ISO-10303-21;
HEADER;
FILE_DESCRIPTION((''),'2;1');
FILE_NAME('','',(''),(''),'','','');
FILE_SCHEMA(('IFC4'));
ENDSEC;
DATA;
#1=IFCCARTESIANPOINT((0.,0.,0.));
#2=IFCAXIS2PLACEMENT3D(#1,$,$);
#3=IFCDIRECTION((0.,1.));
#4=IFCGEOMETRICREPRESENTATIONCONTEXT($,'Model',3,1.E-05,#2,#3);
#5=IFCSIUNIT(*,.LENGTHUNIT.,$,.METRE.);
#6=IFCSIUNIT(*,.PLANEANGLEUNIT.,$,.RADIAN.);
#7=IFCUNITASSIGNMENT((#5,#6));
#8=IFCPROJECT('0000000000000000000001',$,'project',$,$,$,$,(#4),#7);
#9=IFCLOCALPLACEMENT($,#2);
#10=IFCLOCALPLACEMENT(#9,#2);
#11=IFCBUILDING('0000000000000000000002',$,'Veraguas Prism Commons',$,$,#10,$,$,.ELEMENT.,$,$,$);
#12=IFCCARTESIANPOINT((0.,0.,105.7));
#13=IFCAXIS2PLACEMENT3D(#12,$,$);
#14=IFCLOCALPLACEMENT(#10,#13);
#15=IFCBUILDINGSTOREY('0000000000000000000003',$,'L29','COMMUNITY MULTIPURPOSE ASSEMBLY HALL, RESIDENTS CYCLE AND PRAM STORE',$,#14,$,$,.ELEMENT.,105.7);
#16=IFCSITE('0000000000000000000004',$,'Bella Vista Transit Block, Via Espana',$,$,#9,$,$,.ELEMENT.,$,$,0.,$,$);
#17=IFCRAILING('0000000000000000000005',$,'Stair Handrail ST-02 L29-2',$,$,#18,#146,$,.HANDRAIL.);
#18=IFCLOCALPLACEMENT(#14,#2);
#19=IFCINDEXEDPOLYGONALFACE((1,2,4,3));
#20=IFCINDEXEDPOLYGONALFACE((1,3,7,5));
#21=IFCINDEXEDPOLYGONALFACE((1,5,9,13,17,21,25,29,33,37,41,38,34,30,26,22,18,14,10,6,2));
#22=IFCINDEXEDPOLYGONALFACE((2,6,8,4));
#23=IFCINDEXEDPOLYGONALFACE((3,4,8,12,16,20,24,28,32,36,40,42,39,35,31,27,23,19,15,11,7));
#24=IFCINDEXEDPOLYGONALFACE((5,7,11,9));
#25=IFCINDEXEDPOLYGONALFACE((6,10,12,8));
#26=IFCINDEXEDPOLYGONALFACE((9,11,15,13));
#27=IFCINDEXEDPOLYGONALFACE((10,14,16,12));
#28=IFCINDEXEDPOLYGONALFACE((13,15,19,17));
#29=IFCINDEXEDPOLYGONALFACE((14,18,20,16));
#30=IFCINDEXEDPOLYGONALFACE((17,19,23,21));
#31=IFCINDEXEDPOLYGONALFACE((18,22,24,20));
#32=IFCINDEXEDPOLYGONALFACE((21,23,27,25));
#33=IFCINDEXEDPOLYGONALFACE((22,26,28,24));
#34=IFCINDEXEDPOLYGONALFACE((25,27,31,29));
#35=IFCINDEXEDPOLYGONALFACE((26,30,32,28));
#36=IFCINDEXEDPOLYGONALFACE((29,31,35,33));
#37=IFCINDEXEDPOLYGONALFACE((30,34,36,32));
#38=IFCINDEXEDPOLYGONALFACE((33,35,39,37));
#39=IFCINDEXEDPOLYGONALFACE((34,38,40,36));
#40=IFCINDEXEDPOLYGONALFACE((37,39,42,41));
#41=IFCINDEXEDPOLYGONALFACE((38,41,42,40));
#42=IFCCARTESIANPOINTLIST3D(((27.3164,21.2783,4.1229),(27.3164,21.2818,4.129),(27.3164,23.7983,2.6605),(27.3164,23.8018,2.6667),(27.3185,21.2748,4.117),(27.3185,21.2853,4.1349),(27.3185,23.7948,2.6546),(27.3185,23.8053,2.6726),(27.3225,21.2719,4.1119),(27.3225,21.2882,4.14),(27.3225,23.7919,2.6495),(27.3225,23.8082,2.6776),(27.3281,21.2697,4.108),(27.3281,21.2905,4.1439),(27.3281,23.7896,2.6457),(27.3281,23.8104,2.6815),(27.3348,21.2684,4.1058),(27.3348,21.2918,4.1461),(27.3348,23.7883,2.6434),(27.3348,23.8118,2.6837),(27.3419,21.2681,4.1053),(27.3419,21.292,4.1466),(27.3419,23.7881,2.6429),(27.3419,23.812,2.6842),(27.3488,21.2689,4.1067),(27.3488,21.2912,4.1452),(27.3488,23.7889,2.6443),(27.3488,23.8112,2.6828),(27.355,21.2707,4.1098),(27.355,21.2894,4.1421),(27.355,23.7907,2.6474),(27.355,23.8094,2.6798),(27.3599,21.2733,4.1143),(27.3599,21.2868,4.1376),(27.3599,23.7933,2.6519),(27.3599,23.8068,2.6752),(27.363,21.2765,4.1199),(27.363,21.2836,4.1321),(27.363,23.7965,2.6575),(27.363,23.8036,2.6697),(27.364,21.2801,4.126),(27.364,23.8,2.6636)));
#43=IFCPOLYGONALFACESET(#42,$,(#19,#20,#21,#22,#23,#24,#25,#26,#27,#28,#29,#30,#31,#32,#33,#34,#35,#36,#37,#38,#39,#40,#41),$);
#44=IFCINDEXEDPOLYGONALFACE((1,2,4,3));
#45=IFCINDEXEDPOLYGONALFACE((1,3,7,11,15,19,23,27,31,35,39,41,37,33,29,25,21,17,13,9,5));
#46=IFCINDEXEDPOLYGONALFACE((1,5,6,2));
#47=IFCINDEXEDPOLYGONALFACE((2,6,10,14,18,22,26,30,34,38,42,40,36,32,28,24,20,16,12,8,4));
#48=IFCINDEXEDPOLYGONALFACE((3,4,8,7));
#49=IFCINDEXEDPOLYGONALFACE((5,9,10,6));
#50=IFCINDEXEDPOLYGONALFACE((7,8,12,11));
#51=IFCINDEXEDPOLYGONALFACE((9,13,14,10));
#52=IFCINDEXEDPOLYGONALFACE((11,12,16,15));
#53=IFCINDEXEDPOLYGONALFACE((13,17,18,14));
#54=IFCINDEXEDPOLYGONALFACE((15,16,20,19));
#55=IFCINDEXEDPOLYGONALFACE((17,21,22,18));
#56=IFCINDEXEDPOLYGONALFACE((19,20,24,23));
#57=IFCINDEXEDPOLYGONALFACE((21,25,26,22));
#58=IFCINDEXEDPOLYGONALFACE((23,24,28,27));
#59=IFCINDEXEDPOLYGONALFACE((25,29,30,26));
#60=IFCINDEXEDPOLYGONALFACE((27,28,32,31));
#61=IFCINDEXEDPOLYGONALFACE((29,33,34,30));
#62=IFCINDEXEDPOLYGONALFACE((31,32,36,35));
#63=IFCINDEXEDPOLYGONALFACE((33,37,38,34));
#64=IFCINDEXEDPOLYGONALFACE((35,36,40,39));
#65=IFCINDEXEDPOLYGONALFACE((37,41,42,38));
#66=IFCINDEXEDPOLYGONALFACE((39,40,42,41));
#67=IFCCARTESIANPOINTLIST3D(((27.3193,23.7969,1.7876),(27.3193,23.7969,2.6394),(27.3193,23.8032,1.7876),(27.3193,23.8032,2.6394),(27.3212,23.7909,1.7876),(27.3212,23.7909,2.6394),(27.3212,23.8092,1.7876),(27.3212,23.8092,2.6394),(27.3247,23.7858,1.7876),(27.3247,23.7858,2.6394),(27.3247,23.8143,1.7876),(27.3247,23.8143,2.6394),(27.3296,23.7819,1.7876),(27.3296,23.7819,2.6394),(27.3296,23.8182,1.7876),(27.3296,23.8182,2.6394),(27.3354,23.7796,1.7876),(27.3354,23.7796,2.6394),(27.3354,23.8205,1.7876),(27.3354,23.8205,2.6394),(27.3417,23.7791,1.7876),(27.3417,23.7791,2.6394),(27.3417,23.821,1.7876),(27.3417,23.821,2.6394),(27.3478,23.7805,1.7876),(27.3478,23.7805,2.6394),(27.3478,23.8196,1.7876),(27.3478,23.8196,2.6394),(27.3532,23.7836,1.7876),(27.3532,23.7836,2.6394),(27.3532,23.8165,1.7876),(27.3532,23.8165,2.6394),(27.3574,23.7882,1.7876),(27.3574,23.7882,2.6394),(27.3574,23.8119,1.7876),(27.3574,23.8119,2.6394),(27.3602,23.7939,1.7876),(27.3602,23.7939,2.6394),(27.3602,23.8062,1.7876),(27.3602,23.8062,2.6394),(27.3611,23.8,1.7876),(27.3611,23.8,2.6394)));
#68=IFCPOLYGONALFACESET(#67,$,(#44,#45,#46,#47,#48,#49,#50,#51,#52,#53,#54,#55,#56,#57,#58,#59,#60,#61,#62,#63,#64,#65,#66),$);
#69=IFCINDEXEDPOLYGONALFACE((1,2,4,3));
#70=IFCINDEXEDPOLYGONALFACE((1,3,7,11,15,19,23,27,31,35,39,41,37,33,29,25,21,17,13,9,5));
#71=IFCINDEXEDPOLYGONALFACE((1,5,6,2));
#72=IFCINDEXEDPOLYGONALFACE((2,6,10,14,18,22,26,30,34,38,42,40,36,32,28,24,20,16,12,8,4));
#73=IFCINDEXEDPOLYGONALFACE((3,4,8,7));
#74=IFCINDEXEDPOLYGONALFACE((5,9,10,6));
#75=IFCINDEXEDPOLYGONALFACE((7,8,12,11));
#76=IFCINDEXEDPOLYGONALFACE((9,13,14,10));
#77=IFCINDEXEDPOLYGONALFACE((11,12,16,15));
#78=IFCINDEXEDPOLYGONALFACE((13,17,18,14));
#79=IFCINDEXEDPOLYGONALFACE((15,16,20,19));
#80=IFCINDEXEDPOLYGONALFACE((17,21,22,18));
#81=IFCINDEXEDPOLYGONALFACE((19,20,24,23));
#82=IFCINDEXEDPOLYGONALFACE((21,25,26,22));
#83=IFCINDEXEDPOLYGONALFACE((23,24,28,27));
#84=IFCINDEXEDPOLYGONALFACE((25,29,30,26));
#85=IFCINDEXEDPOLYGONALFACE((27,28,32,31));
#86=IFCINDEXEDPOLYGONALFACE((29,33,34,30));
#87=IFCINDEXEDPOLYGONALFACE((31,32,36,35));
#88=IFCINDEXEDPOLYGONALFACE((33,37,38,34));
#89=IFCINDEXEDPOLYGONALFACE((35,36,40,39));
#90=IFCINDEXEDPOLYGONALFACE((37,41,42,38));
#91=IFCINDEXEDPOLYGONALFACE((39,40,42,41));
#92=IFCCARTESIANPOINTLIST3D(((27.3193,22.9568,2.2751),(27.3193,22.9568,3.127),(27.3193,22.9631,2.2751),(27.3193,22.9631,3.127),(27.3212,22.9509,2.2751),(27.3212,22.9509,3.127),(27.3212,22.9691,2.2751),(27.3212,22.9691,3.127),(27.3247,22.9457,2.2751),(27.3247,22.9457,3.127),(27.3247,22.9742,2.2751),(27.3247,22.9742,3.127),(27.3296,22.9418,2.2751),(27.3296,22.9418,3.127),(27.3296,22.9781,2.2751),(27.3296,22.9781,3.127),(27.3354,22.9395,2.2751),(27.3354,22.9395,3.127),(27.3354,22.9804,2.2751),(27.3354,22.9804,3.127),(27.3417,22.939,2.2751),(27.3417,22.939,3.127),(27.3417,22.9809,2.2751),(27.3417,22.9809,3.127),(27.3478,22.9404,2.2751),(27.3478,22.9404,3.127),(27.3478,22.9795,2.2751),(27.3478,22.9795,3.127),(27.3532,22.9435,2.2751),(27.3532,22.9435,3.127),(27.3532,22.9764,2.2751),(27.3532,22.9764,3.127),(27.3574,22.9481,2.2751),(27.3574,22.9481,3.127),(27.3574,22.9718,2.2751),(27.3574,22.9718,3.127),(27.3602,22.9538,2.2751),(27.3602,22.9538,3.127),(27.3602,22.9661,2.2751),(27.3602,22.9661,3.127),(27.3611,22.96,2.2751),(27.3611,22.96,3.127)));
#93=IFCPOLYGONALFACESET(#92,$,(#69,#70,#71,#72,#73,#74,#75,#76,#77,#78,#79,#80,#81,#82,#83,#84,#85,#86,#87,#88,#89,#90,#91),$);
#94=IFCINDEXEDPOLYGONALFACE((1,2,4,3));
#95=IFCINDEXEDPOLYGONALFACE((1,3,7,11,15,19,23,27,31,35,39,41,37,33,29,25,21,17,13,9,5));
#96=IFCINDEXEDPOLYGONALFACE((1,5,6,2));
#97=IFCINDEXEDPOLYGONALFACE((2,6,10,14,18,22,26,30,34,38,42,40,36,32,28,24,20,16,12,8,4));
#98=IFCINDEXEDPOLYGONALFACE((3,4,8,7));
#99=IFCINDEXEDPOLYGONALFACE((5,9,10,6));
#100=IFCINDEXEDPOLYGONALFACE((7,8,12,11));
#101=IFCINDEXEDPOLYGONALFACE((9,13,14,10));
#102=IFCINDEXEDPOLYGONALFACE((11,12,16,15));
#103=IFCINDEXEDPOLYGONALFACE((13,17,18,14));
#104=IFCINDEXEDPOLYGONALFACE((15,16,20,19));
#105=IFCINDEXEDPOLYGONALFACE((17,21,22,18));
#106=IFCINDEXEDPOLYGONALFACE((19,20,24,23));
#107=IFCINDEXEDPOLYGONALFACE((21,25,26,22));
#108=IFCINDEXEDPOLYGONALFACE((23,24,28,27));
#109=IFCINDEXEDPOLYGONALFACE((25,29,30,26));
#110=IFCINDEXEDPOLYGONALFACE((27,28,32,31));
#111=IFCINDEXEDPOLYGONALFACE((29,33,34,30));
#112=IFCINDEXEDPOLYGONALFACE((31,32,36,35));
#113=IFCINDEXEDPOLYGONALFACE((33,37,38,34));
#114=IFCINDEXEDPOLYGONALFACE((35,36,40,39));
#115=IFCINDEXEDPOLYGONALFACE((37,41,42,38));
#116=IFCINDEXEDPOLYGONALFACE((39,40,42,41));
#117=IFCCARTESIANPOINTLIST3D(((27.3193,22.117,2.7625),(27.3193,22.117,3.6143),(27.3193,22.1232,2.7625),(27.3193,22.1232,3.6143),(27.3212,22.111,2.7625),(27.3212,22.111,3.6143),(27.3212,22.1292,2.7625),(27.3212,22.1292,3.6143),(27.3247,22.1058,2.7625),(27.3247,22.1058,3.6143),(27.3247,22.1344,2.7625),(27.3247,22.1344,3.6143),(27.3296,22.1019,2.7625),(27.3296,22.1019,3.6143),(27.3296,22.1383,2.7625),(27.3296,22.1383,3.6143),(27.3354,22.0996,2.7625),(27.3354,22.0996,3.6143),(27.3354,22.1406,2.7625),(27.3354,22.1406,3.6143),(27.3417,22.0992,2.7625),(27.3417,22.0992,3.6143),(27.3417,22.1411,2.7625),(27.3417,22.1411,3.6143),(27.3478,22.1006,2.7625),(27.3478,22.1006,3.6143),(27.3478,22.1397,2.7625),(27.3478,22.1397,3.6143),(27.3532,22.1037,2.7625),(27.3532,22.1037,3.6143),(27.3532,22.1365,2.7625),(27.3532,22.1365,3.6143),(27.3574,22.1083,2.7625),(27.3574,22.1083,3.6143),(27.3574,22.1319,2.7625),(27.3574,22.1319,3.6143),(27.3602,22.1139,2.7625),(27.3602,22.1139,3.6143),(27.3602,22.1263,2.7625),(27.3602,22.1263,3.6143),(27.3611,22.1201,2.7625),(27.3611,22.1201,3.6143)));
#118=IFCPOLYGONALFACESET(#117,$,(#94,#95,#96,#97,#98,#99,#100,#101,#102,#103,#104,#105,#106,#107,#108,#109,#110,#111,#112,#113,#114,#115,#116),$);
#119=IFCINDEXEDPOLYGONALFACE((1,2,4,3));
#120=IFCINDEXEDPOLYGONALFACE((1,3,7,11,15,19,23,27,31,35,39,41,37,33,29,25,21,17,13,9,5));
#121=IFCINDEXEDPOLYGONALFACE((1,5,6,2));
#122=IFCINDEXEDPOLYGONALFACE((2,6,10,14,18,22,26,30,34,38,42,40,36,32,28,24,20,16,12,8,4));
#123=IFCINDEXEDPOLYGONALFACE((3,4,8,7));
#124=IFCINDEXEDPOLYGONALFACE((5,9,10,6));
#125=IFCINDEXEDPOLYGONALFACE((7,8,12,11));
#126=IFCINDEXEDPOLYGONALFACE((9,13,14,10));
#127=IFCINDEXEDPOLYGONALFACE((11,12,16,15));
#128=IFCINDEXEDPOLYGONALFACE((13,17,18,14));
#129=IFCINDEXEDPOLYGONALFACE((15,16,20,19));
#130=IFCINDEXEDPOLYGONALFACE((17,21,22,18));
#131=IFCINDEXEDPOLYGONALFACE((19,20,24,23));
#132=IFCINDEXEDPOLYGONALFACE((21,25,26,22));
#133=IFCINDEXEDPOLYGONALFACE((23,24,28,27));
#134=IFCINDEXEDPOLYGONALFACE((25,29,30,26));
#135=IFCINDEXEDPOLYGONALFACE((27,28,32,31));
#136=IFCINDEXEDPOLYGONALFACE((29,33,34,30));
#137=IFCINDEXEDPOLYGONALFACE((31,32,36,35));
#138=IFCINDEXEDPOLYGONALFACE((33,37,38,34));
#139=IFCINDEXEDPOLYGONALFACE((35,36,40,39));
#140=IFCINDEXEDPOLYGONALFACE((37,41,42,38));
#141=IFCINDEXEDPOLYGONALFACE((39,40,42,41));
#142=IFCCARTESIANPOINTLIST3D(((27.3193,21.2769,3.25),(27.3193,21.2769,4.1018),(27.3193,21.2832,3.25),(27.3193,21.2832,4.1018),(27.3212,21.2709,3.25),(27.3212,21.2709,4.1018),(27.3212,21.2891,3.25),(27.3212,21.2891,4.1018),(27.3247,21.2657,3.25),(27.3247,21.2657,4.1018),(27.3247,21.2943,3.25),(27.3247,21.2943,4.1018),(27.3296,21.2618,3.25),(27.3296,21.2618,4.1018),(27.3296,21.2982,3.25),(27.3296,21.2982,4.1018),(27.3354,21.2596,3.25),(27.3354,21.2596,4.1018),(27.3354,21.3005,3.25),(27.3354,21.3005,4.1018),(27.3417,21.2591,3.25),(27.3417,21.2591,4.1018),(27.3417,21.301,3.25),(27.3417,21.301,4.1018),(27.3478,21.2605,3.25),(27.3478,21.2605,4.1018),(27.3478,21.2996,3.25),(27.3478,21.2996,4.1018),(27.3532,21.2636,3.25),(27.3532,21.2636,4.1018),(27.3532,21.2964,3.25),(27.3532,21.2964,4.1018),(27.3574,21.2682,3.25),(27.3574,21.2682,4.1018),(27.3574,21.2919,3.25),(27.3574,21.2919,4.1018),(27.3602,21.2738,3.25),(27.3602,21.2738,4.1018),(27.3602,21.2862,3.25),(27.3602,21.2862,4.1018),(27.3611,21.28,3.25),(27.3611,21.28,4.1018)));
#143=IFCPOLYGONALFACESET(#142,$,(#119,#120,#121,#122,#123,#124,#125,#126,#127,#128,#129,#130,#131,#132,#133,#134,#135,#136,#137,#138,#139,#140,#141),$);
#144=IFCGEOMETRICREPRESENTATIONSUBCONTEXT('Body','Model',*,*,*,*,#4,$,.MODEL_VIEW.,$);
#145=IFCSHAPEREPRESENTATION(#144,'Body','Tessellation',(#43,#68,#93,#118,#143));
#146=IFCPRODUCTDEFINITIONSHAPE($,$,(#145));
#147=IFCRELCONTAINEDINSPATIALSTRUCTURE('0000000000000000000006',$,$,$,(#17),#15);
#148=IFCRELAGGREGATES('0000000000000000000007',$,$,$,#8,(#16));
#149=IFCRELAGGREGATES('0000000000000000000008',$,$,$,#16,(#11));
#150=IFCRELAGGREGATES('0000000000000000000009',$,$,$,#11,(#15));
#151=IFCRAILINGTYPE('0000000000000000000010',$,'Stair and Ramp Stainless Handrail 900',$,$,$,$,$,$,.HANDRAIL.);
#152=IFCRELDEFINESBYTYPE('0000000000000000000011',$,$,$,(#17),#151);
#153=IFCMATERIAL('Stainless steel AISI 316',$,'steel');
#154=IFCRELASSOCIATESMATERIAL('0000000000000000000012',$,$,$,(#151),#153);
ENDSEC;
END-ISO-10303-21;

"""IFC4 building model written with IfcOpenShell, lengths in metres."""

from ifc_helpers import new_model, si_unit, direction, frame, origin, origin_2d, place, context, subcontext, project, spatial, circle, extrude, material, type_object, element, save


model = new_model("IFC4")

# Units and contexts
model_context = context("Model", 3, precision=1e-05, world=origin(), true_north=direction((0.0, 1.0)))
body_context = subcontext(model_context, "Body", "Model", "MODEL_VIEW")
ifc_project = project(units=[si_unit("LENGTHUNIT", "METRE"), si_unit("PLANEANGLEUNIT", "RADIAN")], contexts=[model_context])

# Site, building, storey
site_placement = place(None, origin())
site = spatial("IfcSite", under=ifc_project, at=site_placement, Name="Bella Vista Transit Block, Via Espana", CompositionType="ELEMENT", RefElevation=0.0)
building_placement = place(site_placement, origin())
building = spatial("IfcBuilding", under=site, at=building_placement, Name="Veraguas Prism Commons", CompositionType="ELEMENT")
storey_placement = place(building_placement, frame((0.0, 0.0, 105.7)))
storey = spatial("IfcBuildingStorey", under=building, at=storey_placement, Name="L29", Description="COMMUNITY MULTIPURPOSE ASSEMBLY HALL, RESIDENTS CYCLE AND PRAM STORE", CompositionType="ELEMENT", Elevation=105.7)

# Shared definitions
ifc_material_1 = material(Name="Stainless steel AISI 316", Category="steel")

# Railing
railing_type_1 = type_object("IfcRailingType", Name="Stair and Ramp Stainless Handrail 900", PredefinedType="HANDRAIL", material=ifc_material_1)
railing_1_placement = place(storey_placement, frame((27.3401, 23.8, 1.7876)))
element("IfcRailing", 1, at=railing_1_placement, inside=storey, type_object=railing_type_1, Name="Stair Handrail ST-02 L29-2", PredefinedType="HANDRAIL", context=body_context, shape_type="SweptSolid", body=[
    extrude(circle(Radius=0.0239, at=origin_2d()), frame((0.0, 0.0, 0.876), z_axis=(0.0, -0.864913, 0.501921), x_axis=(1.0, 0.0, 0.0)), (0.0, 0.0, 1.0), 2.9136),
    extrude(circle(Radius=0.021, at=origin_2d()), origin(), (0.0, 0.0, 1.0), 0.8518),
    extrude(circle(Radius=0.021, at=origin_2d()), frame((0.0, -0.8401, 0.4875)), (0.0, 0.0, 1.0), 0.8518),
    extrude(circle(Radius=0.021, at=origin_2d()), frame((0.0, -1.6799, 0.9749)), (0.0, 0.0, 1.0), 0.8518),
    extrude(circle(Radius=0.021, at=origin_2d()), frame((0.0, -2.52, 1.4624)), (0.0, 0.0, 1.0), 0.8518),
])

save(model, "model.ifc")
